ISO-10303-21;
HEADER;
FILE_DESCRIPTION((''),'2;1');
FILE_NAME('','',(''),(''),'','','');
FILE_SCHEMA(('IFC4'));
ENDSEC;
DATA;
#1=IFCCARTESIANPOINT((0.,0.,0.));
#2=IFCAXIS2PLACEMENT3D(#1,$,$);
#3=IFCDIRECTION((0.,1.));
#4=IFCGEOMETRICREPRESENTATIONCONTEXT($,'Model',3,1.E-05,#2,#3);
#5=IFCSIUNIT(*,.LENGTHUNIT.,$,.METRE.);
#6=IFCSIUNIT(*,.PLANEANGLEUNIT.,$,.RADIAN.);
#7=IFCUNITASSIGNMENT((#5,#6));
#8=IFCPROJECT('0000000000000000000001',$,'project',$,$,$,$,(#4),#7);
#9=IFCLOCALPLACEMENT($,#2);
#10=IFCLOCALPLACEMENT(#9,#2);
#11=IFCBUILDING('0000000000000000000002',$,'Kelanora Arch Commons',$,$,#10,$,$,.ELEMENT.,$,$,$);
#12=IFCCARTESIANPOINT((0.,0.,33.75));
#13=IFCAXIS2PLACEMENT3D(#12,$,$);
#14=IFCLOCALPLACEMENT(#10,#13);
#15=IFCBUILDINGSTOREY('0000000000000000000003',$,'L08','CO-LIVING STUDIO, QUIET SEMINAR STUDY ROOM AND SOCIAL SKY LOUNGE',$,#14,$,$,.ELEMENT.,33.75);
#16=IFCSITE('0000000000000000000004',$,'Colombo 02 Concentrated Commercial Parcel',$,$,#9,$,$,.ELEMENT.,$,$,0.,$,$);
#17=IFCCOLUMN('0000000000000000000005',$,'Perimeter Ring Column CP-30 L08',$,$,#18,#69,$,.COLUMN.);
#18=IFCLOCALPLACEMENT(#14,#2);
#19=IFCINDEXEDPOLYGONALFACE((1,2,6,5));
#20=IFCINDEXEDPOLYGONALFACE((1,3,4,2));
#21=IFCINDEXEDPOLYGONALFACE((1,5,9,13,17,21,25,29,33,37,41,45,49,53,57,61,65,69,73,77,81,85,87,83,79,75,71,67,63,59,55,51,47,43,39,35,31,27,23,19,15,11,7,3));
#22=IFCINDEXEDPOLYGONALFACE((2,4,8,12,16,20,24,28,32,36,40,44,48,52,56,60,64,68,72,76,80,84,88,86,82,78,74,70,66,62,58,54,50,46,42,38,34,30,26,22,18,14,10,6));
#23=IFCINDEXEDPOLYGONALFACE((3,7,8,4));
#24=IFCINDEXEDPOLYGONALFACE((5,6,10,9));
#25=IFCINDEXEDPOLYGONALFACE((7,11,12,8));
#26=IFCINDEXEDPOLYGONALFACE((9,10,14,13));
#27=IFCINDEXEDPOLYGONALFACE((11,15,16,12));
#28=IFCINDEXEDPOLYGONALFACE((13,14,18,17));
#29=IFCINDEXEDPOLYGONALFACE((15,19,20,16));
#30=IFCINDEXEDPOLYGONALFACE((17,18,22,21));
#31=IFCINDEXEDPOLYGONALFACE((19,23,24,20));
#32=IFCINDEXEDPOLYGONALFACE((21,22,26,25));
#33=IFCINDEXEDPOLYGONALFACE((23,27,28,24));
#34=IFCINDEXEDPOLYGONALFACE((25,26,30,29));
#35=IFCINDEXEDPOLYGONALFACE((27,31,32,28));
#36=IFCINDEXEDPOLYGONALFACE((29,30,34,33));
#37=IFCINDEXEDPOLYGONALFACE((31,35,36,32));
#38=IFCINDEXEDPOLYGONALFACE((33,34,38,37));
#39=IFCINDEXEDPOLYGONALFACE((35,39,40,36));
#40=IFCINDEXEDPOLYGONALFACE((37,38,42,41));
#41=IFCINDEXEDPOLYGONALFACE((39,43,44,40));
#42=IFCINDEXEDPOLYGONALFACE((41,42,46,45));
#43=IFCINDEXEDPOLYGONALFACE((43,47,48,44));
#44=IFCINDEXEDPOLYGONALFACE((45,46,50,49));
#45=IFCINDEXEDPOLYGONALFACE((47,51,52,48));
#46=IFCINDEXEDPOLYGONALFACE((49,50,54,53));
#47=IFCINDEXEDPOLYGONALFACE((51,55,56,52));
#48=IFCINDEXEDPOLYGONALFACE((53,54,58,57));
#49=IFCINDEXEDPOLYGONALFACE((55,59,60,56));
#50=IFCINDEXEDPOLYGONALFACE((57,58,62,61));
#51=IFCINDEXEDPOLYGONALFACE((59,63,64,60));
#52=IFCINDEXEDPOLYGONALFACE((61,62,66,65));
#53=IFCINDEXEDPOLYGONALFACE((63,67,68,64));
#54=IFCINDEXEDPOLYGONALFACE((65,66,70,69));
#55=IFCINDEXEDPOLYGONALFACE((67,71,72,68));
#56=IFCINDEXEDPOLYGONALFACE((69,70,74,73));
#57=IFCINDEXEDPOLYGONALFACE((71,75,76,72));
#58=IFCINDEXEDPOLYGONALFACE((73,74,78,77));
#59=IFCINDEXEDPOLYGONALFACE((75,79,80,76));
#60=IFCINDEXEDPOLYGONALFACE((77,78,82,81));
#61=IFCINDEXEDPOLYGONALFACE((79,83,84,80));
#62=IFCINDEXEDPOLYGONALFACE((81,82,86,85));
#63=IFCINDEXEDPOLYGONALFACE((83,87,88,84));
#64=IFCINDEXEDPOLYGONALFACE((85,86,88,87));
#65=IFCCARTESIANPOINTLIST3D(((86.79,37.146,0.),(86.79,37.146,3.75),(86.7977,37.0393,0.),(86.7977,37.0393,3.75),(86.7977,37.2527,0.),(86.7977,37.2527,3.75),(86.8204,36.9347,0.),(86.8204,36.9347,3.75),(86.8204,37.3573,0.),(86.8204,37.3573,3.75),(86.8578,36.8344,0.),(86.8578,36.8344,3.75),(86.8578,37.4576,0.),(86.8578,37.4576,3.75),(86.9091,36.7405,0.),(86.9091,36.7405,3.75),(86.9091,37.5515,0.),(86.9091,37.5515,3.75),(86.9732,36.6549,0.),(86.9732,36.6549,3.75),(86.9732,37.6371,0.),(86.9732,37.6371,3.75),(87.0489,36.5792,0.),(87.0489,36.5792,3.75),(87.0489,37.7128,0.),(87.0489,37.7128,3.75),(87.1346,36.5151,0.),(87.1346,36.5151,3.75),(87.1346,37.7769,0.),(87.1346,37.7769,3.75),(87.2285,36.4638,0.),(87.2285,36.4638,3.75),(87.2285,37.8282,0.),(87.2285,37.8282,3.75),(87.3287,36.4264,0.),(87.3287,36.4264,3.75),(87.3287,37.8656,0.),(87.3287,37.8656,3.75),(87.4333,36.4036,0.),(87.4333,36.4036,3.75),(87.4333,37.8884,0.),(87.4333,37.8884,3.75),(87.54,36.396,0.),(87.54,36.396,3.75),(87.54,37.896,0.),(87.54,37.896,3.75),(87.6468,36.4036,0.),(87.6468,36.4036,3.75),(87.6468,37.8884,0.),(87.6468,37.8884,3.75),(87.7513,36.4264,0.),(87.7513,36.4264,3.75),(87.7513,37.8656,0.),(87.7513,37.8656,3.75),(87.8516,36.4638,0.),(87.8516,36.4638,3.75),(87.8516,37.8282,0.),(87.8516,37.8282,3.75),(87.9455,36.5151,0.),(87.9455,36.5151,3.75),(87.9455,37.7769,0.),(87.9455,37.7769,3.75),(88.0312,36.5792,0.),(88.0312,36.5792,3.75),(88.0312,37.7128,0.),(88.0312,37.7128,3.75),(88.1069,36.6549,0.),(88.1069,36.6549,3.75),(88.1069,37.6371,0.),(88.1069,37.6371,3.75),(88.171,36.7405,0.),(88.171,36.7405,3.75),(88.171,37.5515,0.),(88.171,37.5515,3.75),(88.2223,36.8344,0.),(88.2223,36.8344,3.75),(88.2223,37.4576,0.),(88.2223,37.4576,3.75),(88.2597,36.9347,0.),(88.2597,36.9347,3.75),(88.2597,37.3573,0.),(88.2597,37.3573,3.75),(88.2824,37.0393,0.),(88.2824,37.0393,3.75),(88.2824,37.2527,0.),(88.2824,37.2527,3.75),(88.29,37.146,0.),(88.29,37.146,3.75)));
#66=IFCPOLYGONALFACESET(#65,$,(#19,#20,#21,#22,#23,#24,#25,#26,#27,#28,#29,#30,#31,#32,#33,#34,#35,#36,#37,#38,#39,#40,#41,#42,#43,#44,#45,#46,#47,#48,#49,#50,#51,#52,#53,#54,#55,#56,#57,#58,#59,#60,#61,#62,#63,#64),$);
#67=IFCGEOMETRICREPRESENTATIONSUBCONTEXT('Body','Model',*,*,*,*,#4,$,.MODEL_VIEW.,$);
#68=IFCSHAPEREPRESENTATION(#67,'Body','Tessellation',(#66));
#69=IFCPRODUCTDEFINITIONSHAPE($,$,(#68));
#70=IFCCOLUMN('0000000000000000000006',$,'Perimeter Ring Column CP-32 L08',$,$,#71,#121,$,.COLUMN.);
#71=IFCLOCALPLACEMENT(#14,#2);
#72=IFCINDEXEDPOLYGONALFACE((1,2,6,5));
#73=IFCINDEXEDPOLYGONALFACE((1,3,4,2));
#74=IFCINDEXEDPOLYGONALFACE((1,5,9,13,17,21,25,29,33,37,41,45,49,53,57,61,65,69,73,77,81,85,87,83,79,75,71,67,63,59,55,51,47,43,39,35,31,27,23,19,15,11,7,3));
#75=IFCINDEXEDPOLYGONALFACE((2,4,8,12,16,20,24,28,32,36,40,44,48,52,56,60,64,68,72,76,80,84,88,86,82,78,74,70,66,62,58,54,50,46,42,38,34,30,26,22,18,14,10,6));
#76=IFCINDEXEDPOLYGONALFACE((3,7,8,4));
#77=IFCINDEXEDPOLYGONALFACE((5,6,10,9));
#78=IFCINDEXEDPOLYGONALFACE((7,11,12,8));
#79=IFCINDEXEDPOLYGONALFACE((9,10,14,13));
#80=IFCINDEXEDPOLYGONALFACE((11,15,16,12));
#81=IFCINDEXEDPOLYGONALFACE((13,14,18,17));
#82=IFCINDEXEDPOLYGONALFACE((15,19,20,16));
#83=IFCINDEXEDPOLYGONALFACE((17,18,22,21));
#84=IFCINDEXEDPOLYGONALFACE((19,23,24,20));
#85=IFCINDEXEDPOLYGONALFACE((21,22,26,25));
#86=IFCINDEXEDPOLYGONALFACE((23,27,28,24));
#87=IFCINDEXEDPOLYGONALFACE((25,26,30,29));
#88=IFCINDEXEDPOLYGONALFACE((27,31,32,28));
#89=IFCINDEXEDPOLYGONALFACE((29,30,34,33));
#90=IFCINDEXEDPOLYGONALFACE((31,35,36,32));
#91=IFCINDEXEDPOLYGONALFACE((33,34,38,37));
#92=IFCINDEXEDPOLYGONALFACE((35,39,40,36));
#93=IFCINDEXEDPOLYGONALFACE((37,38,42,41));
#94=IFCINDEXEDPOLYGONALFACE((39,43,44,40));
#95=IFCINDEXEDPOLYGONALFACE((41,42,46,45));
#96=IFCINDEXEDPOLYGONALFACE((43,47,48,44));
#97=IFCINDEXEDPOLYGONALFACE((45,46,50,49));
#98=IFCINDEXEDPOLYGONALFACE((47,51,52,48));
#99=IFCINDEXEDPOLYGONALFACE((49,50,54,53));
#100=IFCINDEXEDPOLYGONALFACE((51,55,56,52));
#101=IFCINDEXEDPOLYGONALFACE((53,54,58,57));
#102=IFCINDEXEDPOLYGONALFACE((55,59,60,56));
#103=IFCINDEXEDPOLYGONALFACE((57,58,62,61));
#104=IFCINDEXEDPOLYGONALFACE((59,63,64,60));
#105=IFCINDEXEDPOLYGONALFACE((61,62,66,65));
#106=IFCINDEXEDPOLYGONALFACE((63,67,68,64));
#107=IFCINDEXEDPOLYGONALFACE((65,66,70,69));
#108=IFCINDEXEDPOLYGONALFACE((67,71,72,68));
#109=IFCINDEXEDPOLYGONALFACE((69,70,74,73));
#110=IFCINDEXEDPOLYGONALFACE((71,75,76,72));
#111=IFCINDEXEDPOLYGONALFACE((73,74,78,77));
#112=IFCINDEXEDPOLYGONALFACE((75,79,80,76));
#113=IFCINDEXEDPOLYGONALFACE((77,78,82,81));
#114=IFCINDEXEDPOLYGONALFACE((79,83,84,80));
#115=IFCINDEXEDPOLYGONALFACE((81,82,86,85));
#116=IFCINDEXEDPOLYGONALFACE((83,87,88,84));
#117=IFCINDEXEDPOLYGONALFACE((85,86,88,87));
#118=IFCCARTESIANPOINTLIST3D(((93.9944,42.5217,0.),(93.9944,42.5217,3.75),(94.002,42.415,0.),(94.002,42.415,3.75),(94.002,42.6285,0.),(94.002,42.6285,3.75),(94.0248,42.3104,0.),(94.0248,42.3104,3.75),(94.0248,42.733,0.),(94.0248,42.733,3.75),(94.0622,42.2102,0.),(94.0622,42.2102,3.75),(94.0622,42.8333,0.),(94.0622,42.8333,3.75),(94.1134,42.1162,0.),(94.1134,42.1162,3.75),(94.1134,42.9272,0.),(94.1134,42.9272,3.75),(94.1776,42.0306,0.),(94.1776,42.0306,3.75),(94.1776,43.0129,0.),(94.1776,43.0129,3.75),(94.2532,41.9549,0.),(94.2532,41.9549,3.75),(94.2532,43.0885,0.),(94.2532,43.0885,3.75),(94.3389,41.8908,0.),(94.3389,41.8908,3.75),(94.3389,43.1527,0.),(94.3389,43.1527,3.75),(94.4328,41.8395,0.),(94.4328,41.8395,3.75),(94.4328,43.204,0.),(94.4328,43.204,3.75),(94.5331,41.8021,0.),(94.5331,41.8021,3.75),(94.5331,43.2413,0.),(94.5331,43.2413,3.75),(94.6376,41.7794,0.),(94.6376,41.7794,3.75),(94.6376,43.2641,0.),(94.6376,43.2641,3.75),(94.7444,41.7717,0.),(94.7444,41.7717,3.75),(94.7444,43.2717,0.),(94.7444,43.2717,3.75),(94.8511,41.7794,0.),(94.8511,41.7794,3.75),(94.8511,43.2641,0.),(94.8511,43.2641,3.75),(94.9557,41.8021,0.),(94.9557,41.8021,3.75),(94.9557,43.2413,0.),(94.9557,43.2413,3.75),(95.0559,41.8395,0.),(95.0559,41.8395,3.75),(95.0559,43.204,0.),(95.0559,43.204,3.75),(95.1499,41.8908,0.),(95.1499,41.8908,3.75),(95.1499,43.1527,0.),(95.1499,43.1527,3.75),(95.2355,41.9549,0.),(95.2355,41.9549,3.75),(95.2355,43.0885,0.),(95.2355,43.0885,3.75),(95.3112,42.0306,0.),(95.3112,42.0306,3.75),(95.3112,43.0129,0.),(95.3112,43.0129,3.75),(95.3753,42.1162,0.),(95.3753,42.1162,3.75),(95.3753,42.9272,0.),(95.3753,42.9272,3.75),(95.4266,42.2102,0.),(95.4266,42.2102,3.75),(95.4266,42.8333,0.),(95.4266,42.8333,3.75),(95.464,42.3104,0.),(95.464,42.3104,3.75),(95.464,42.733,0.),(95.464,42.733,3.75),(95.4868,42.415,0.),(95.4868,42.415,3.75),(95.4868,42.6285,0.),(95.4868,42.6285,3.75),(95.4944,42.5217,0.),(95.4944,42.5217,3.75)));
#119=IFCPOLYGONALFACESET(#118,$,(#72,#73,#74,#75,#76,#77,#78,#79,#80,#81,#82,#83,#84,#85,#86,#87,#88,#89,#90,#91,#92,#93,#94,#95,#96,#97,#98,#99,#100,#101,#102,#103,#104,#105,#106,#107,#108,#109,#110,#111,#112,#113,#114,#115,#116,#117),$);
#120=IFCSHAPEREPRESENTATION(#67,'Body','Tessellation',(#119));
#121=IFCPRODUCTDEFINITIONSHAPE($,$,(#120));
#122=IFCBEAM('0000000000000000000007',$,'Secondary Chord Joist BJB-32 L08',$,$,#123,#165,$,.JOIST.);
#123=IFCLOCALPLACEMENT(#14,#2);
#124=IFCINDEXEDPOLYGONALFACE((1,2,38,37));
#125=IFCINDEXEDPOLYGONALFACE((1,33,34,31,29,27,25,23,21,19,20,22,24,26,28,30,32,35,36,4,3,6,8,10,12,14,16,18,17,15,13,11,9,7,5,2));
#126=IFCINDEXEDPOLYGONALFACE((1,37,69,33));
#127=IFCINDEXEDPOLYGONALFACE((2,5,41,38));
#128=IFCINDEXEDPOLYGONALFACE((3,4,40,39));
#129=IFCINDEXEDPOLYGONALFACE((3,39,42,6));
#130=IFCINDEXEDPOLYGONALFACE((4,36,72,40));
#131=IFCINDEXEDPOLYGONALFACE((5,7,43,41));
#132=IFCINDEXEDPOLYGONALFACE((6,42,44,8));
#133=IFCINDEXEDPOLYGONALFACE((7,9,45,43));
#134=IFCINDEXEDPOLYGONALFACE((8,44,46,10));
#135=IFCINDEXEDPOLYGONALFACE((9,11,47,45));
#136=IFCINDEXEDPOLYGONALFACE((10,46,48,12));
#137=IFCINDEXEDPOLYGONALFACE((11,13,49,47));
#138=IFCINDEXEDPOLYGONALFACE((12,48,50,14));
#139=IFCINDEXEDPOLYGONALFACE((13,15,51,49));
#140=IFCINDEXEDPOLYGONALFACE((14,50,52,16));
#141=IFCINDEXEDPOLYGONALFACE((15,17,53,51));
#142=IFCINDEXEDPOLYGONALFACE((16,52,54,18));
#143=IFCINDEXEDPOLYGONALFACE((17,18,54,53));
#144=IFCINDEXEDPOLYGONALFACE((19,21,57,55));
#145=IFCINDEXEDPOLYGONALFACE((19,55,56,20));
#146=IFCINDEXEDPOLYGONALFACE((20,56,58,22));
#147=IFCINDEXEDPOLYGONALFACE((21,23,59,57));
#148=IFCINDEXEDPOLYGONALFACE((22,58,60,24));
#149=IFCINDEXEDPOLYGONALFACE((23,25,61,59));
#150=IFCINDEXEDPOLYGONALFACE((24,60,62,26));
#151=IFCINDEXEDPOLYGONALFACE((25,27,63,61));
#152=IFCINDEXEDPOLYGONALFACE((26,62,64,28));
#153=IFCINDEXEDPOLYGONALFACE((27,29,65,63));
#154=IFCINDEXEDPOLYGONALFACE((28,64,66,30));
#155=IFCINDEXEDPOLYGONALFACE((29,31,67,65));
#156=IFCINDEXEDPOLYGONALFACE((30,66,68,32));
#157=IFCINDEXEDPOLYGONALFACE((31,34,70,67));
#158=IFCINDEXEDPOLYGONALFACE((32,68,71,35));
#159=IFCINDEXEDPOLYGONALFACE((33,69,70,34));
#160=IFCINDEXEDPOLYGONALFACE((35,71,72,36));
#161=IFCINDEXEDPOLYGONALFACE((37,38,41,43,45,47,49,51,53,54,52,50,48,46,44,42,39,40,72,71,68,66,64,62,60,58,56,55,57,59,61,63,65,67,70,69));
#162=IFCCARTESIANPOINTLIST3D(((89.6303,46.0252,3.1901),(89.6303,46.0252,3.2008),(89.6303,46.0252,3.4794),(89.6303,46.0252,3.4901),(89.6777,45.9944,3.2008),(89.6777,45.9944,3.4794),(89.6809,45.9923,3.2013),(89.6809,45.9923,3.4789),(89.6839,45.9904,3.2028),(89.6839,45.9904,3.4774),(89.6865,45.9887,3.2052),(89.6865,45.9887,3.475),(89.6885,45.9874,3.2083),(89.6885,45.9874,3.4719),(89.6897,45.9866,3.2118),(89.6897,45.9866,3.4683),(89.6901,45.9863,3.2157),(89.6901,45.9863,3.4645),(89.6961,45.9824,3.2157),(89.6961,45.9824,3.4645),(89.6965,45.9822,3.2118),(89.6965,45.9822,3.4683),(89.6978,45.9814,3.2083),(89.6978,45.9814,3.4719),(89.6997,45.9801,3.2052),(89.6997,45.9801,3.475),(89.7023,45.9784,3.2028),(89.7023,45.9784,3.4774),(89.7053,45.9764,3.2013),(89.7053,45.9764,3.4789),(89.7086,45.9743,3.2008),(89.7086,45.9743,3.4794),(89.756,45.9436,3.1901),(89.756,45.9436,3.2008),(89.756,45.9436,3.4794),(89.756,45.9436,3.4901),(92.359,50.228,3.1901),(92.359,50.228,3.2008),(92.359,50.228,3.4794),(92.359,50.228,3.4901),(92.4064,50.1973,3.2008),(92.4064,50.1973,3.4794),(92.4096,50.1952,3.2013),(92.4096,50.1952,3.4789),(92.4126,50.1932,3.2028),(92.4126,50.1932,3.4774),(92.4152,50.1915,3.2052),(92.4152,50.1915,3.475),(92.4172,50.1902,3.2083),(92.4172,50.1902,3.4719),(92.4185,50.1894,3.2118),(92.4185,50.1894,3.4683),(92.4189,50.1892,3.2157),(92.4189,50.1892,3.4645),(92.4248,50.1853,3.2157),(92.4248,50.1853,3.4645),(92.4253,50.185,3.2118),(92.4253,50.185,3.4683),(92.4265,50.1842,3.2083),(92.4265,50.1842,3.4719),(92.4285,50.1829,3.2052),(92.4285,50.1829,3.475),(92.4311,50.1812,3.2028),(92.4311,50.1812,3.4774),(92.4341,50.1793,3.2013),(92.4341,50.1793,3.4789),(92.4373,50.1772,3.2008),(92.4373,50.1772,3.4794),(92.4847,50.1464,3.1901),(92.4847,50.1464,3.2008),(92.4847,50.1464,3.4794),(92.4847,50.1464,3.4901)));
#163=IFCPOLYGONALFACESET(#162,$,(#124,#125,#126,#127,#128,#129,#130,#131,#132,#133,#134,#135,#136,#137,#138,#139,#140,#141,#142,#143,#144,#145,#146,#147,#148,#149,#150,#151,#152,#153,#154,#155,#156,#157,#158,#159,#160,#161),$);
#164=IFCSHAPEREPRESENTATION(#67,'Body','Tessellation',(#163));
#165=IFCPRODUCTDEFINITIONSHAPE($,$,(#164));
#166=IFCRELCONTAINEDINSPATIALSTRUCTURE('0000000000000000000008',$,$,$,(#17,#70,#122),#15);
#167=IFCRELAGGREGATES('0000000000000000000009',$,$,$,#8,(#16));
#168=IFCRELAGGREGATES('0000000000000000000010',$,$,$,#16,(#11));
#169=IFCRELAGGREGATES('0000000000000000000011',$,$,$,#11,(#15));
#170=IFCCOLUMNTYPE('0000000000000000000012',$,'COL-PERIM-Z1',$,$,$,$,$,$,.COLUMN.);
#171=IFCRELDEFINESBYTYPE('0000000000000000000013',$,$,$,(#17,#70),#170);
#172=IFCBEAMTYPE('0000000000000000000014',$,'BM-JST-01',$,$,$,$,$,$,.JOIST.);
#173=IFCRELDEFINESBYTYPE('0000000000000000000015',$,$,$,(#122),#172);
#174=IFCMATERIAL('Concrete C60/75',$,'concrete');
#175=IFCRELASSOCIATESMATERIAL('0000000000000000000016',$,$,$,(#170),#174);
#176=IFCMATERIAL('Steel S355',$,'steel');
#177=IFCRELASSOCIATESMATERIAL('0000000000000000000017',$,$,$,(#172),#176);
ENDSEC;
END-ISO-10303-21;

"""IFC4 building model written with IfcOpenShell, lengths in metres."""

from ifc_helpers import new_model, si_unit, direction, frame, origin, origin_2d, place, context, subcontext, project, spatial, circle, i_section, extrude, material, material_profile, profile_set, type_object, element, save


model = new_model("IFC4")

# Units and contexts
model_context = context("Model", 3, precision=1e-05, world=origin(), true_north=direction((0.0, 1.0)))
body_context = subcontext(model_context, "Body", "Model", "MODEL_VIEW")
ifc_project = project(units=[si_unit("LENGTHUNIT", "METRE"), si_unit("PLANEANGLEUNIT", "RADIAN")], contexts=[model_context])

# Site, building, storey
site_placement = place(None, origin())
site = spatial("IfcSite", under=ifc_project, at=site_placement, Name="Colombo 02 Concentrated Commercial Parcel", CompositionType="ELEMENT", RefElevation=0.0)
building_placement = place(site_placement, origin())
building = spatial("IfcBuilding", under=site, at=building_placement, Name="Kelanora Arch Commons", CompositionType="ELEMENT")
storey_placement = place(building_placement, frame((0.0, 0.0, 33.75)))
storey = spatial("IfcBuildingStorey", under=building, at=storey_placement, Name="L08", Description="CO-LIVING STUDIO, QUIET SEMINAR STUDY ROOM AND SOCIAL SKY LOUNGE", CompositionType="ELEMENT", Elevation=33.75)

# Columns
ifc_material_1 = material(Name="Concrete C60/75", Category="concrete")
ifc_material_profile_1 = material_profile(ifc_material_1, circle(Radius=0.75, at=origin_2d()), Name="RCC1500")
ifc_profile_set_1 = profile_set([ifc_material_profile_1], Name="Concrete C60/75")
column_type = type_object("IfcColumnType", Name="COL-PERIM-Z1", PredefinedType="COLUMN", material=ifc_profile_set_1)
for number, where, z_axis, x_axis, name in (
    (1, (87.54, 37.146, 0.0), (0.0, 0.0, 1.0), (1.0, 0.0, 0.0), "Perimeter Ring Column CP-30 L08"),
    (2, (94.7444, 42.5217, 0.0), (0.0, 0.0, 1.0), (1.0, 0.0, 0.0), "Perimeter Ring Column CP-32 L08"),
):
    element("IfcColumn", number, at=place(storey_placement, frame(where, z_axis=z_axis, x_axis=x_axis)), inside=storey, type_object=column_type, Name=name, PredefinedType="COLUMN", context=body_context, shape_type="SweptSolid", body=[
        extrude(circle(Radius=0.75, at=origin_2d()), origin(), (0.0, 0.0, 1.0), 3.75),
    ])

# Beam
ifc_material_2 = material(Name="Steel S355", Category="steel")
ifc_material_profile_2 = material_profile(ifc_material_2, i_section(OverallWidth=0.1499, OverallDepth=0.3, WebThickness=0.0071, FlangeThickness=0.0107, FilletRadius=0.0149, at=origin_2d()), Name="IPE300")
ifc_profile_set_2 = profile_set([ifc_material_profile_2], Name="Steel S355")
beam_type_1 = type_object("IfcBeamType", Name="BM-JST-01", PredefinedType="JOIST", material=ifc_profile_set_2)
beam_1_placement = place(storey_placement, frame((89.6931, 45.9844, 3.3401), z_axis=(0.544552, 0.838727, 0.0), x_axis=(-0.838727, 0.544552, 0.0)))
element("IfcBeam", 3, at=beam_1_placement, inside=storey, type_object=beam_type_1, Name="Secondary Chord Joist BJB-32 L08", PredefinedType="JOIST", context=body_context, shape_type="SweptSolid", body=[
    extrude(i_section(OverallWidth=0.1499, OverallDepth=0.3, WebThickness=0.0071, FlangeThickness=0.0107, FilletRadius=0.0149, at=origin_2d()), origin(), (0.0, 0.0, 1.0), 5.011),
])

save(model, "model.ifc")
